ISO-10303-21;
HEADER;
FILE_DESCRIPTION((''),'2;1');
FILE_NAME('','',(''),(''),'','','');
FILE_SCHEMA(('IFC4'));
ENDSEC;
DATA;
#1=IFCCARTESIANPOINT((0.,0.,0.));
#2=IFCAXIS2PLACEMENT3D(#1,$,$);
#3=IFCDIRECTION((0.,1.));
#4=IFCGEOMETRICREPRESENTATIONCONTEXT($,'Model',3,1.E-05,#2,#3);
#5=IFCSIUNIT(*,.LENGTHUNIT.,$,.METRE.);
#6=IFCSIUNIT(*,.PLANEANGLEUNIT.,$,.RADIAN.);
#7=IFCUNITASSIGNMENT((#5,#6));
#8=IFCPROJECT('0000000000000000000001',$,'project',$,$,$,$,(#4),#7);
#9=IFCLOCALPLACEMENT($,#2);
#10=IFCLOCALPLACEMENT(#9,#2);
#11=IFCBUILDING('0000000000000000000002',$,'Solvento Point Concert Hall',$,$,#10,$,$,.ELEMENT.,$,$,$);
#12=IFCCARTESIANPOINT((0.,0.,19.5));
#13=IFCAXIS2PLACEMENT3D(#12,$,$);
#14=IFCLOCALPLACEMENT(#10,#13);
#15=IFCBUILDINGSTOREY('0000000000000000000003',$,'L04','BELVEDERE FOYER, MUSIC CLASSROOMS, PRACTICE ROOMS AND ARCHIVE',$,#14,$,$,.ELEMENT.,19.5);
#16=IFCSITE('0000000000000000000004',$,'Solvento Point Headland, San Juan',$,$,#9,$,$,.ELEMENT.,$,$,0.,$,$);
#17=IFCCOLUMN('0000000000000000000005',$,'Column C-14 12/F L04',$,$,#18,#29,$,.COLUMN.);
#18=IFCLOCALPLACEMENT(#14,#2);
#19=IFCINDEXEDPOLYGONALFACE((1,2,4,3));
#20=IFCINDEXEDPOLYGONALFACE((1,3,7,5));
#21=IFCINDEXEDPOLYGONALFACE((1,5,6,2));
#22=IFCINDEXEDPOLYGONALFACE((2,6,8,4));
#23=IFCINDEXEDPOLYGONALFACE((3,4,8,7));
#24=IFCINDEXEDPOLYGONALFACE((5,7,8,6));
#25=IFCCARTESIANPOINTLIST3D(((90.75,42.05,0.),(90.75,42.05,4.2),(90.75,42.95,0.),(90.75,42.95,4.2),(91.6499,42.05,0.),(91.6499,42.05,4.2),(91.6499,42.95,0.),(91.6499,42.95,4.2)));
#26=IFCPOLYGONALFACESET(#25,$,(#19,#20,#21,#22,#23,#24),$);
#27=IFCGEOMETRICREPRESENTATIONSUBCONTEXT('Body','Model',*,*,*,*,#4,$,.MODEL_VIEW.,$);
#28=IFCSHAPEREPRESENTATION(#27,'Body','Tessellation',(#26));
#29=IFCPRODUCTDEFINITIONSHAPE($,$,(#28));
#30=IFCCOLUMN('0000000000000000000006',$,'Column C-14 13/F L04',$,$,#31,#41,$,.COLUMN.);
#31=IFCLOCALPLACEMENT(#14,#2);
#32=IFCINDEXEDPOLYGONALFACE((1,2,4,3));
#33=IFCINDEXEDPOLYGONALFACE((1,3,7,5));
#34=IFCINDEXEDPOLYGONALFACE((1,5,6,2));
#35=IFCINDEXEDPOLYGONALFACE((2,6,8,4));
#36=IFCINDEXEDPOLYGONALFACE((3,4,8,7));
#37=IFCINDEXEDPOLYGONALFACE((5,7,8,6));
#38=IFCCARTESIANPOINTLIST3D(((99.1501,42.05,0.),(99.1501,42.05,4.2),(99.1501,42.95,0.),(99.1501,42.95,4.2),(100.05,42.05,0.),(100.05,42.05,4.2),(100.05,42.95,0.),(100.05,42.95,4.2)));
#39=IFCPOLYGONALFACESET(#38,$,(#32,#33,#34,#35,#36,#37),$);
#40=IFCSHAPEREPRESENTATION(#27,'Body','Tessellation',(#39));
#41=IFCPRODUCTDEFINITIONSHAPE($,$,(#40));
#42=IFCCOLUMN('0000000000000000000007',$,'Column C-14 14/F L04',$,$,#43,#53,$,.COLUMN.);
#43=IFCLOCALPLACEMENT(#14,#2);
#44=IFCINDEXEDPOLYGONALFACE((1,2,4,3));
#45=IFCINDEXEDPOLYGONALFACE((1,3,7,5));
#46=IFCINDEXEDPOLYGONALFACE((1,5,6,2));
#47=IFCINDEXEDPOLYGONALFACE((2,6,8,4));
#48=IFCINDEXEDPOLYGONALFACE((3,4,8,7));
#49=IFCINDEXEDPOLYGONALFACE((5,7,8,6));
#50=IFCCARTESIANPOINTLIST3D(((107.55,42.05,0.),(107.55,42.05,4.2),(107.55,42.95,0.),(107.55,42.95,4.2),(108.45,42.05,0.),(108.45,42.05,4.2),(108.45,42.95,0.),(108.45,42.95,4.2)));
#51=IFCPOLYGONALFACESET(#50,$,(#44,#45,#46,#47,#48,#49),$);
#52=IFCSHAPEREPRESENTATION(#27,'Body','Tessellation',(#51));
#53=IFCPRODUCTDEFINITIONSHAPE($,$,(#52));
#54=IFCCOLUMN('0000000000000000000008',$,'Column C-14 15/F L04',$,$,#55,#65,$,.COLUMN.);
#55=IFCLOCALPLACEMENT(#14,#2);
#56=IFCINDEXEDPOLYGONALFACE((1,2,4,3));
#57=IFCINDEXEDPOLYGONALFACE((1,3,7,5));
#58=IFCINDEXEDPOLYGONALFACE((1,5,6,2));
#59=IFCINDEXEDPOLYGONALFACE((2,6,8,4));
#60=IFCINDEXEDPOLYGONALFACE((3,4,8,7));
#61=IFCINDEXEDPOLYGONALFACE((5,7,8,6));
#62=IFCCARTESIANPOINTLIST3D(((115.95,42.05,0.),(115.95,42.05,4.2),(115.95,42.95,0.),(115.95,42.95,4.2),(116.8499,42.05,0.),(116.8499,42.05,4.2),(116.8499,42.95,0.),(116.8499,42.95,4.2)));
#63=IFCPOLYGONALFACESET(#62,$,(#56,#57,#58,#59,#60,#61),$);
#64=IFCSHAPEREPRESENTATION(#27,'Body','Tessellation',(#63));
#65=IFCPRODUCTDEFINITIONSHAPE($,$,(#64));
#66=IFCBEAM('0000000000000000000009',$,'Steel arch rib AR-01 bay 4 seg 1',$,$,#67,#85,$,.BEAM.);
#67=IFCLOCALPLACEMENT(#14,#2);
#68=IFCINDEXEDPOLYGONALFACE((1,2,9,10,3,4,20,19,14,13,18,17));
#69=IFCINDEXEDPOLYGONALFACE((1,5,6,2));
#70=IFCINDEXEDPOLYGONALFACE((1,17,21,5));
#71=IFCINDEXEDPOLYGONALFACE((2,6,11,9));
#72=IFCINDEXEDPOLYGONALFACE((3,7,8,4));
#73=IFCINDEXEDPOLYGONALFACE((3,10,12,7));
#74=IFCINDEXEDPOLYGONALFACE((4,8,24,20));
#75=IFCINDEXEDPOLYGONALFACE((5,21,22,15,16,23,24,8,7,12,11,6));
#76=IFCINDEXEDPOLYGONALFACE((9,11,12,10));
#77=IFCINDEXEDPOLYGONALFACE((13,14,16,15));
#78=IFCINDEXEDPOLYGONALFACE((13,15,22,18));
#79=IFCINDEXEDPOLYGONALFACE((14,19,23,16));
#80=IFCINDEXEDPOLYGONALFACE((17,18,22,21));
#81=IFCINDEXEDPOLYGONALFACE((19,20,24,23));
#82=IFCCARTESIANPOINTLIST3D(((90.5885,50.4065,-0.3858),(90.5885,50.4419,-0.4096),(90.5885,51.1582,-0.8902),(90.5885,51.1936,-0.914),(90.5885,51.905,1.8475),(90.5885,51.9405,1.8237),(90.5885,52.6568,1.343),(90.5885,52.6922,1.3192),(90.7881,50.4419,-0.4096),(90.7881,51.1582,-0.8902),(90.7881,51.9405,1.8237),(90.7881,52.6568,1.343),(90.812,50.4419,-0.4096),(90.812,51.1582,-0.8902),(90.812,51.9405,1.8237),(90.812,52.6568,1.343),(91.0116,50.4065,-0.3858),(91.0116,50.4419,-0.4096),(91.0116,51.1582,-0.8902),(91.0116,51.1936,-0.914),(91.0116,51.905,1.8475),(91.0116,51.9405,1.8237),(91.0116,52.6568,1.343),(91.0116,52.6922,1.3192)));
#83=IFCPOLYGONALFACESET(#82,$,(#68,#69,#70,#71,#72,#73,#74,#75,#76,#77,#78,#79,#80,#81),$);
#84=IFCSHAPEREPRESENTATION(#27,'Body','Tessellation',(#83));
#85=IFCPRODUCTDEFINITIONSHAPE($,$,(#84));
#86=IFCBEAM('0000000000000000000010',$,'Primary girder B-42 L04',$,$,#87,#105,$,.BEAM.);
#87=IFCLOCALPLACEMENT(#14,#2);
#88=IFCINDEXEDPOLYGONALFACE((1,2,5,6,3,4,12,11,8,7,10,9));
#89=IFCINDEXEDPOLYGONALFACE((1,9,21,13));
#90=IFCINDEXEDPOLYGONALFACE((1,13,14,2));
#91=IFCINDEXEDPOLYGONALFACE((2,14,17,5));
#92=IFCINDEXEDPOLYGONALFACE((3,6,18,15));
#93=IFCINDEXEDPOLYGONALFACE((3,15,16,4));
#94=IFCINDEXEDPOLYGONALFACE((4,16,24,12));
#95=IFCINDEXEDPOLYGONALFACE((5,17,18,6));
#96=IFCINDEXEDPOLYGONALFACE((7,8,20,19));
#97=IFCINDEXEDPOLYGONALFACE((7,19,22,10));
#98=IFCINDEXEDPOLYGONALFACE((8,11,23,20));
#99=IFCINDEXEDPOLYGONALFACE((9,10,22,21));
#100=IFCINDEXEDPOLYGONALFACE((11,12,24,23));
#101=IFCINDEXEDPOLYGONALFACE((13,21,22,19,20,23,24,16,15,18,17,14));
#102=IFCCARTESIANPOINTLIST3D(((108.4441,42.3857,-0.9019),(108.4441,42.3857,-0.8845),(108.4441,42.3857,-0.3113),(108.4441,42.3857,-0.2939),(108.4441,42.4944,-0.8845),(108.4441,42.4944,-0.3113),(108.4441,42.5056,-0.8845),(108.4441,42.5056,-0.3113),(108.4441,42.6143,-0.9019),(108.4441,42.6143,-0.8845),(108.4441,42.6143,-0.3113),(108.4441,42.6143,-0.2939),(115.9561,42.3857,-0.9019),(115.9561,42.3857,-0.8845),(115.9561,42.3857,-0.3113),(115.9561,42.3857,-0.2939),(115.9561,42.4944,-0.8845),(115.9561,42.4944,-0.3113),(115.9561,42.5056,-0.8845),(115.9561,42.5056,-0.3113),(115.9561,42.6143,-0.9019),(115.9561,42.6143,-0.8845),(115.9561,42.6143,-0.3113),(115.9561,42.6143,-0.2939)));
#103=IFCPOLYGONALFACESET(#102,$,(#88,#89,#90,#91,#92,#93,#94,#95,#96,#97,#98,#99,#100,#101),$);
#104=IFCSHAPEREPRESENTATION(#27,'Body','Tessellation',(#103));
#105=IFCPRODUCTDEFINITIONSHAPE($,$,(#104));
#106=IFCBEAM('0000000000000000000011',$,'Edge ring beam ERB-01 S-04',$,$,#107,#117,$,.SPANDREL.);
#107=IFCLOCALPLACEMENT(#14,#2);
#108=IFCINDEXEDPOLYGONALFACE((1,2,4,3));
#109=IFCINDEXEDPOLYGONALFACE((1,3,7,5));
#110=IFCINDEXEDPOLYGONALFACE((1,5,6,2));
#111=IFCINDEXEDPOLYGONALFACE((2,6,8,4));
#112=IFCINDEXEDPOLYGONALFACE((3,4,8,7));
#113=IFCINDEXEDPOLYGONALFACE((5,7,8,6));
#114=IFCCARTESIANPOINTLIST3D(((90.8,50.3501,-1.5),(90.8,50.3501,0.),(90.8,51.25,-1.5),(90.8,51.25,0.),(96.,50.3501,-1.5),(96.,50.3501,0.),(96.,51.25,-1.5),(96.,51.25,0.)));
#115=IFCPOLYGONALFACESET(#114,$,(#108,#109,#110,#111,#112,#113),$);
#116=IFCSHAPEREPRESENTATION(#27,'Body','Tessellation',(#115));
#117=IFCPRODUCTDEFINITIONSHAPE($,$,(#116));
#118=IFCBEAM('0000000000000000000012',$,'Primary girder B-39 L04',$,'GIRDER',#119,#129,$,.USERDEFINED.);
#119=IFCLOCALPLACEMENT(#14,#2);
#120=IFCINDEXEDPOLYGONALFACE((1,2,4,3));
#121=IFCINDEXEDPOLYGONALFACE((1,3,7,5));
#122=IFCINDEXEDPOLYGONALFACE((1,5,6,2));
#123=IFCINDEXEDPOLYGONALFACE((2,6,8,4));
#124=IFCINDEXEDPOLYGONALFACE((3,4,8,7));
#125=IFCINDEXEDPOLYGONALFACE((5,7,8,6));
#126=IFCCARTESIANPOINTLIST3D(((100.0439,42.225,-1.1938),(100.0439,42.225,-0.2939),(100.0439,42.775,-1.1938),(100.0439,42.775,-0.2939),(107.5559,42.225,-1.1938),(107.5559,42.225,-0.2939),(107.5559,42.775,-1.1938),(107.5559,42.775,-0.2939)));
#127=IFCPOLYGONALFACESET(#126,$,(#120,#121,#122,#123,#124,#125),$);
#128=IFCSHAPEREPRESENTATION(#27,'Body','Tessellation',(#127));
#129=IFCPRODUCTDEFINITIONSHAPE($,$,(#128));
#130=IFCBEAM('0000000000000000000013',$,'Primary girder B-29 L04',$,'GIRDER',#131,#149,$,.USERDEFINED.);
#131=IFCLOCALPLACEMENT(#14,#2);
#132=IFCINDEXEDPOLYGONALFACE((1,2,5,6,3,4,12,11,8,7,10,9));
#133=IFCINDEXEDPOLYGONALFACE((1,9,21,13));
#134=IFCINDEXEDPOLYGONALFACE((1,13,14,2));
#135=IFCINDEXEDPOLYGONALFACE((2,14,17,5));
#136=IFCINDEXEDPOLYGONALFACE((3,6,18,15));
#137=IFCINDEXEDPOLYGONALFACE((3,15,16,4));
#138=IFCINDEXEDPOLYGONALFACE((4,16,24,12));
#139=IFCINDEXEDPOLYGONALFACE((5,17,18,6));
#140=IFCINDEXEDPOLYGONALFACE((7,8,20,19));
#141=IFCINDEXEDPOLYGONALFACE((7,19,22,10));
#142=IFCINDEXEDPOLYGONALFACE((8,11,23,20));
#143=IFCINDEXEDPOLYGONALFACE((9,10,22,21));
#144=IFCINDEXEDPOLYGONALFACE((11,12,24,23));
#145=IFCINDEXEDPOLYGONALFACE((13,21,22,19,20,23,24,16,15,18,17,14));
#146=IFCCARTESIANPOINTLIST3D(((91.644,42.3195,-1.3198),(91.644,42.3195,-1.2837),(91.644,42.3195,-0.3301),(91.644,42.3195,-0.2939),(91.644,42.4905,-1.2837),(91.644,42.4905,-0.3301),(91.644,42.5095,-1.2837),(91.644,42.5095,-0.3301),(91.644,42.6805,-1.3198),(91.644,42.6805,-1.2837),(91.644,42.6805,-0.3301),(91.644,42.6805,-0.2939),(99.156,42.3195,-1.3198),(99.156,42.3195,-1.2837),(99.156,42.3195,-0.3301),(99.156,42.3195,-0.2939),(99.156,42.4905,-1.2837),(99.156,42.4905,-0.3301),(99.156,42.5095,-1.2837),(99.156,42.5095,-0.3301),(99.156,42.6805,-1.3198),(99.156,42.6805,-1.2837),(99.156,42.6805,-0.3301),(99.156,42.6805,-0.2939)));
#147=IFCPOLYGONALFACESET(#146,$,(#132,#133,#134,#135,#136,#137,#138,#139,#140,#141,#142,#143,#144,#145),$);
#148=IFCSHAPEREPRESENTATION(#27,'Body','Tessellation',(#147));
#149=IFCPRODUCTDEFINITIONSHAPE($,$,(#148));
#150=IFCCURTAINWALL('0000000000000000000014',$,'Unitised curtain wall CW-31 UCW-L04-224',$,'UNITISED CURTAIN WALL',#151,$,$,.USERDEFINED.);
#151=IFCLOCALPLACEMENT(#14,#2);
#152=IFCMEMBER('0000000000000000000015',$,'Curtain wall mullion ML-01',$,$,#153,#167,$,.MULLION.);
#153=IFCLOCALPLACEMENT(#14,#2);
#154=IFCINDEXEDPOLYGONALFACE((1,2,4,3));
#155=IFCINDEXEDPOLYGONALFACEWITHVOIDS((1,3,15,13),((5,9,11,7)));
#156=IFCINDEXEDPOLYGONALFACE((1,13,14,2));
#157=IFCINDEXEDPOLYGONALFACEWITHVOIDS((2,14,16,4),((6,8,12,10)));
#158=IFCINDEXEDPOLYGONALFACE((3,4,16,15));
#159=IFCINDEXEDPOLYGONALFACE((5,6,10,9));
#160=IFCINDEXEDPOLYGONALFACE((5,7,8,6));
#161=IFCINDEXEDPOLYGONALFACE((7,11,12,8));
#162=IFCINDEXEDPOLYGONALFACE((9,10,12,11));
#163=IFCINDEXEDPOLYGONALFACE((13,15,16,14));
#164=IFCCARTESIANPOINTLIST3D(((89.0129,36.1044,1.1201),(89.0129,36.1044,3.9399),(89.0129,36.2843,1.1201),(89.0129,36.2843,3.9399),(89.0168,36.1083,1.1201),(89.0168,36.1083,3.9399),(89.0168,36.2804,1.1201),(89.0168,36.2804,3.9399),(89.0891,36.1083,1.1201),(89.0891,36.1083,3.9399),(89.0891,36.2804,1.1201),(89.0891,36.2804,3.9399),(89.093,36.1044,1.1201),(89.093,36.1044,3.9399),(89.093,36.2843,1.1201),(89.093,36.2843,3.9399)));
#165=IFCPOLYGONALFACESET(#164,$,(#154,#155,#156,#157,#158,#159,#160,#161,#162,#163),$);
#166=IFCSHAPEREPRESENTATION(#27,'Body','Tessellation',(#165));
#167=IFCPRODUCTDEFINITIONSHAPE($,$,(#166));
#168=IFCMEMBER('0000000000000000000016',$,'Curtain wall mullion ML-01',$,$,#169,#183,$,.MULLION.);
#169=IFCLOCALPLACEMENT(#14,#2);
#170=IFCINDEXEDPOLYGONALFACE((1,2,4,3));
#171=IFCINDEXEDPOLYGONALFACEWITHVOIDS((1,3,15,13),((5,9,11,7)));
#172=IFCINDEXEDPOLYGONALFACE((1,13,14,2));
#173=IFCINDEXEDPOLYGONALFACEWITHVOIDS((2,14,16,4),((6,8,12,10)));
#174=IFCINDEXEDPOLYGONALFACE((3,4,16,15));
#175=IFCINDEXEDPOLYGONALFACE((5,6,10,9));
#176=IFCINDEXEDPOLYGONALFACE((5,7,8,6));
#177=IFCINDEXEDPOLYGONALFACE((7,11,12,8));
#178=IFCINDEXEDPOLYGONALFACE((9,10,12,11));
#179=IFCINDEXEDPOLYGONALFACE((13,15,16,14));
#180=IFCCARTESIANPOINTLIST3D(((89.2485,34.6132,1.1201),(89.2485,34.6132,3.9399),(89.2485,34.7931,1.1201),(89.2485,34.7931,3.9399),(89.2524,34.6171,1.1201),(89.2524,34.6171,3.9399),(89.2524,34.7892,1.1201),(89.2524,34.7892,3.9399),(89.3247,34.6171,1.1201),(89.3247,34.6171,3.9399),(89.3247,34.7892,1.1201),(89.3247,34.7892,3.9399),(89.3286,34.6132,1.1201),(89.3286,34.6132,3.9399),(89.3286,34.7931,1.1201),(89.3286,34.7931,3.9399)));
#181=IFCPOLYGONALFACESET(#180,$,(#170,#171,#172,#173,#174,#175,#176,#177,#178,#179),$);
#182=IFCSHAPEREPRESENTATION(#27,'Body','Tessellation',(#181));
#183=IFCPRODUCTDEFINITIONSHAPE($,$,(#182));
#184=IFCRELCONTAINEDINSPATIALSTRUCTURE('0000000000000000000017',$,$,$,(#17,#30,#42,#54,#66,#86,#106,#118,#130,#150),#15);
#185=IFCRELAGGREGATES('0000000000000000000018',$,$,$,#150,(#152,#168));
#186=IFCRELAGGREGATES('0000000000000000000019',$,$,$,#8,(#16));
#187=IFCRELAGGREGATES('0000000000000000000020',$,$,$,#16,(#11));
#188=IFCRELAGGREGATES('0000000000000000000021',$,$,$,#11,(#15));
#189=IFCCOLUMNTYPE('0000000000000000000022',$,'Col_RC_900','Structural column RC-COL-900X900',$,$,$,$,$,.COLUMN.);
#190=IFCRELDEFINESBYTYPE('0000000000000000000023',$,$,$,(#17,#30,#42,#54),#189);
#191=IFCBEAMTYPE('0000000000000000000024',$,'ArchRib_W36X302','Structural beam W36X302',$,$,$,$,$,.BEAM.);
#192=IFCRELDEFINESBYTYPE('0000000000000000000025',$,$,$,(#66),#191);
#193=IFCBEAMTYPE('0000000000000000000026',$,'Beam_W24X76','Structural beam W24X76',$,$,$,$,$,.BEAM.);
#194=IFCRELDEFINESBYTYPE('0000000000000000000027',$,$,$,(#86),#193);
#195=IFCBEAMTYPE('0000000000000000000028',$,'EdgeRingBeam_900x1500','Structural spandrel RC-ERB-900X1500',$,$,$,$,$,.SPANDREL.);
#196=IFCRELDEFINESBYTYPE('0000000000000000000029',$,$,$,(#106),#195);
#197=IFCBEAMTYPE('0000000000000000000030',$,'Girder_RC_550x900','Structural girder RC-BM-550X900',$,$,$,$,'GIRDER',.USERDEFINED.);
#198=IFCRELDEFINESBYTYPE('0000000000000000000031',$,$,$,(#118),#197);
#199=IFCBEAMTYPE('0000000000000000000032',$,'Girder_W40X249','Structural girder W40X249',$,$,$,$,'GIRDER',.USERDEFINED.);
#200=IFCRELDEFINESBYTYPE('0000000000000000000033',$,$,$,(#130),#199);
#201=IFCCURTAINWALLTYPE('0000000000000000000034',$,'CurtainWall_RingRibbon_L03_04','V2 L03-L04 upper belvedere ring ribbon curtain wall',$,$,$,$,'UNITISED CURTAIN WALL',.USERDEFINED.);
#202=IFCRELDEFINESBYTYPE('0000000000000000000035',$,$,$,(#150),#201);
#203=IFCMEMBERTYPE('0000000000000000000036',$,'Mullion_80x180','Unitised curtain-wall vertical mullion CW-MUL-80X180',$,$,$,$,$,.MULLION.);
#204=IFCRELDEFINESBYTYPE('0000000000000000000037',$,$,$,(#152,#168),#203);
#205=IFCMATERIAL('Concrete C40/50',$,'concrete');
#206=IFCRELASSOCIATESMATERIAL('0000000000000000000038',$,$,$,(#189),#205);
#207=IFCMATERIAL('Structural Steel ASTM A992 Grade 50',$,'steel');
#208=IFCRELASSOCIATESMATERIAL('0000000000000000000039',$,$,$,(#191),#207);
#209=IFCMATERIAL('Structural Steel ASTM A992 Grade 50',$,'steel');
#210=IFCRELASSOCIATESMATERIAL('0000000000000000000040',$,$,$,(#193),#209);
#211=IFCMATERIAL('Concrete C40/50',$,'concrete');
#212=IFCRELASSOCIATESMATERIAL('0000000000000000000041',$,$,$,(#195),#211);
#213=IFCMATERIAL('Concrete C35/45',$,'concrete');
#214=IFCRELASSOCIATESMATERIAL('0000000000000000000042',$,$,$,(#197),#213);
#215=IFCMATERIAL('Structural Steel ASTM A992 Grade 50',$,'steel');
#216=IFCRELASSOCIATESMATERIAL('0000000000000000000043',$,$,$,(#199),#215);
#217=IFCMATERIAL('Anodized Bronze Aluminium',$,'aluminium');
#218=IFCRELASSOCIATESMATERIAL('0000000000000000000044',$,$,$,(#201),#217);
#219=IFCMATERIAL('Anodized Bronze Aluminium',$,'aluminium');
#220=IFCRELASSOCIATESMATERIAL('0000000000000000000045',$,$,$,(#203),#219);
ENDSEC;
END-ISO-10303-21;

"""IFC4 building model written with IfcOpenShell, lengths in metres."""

from ifc_helpers import new_model, si_unit, direction, frame, origin, origin_2d, place, context, subcontext, project, spatial, rectangle, hollow_rectangle, i_section, extrude, material, material_profile, profile_set, type_object, element, aggregate, save


model = new_model("IFC4")

# Units and contexts
model_context = context("Model", 3, precision=1e-05, world=origin(), true_north=direction((0.0, 1.0)))
body_context = subcontext(model_context, "Body", "Model", "MODEL_VIEW")
ifc_project = project(units=[si_unit("LENGTHUNIT", "METRE"), si_unit("PLANEANGLEUNIT", "RADIAN")], contexts=[model_context])

# Site, building, storey
site_placement = place(None, origin())
site = spatial("IfcSite", under=ifc_project, at=site_placement, Name="Solvento Point Headland, San Juan", CompositionType="ELEMENT", RefElevation=0.0)
building_placement = place(site_placement, origin())
building = spatial("IfcBuilding", under=site, at=building_placement, Name="Solvento Point Concert Hall", CompositionType="ELEMENT")
storey_placement = place(building_placement, frame((0.0, 0.0, 19.5)))
storey = spatial("IfcBuildingStorey", under=building, at=storey_placement, Name="L04", Description="BELVEDERE FOYER, MUSIC CLASSROOMS, PRACTICE ROOMS AND ARCHIVE", CompositionType="ELEMENT", Elevation=19.5)

# Columns
ifc_material_1 = material(Name="Concrete C40/50", Category="concrete")
ifc_material_profile_1 = material_profile(ifc_material_1, rectangle(XDim=0.8999, YDim=0.8999, at=origin_2d()), Name="RC-COL-900X900")
ifc_profile_set_1 = profile_set([ifc_material_profile_1], Name="Concrete C40/50")
column_type = type_object("IfcColumnType", Name="Col_RC_900", Description="Structural column RC-COL-900X900", PredefinedType="COLUMN", material=ifc_profile_set_1)
for number, where, z_axis, x_axis, name in (
    (1, (91.2, 42.5, 0.0), (0.0, 0.0, 1.0), (1.0, 0.0, 0.0), "Column C-14 12/F L04"),
    (2, (99.6001, 42.5, 0.0), (0.0, 0.0, 1.0), (1.0, 0.0, 0.0), "Column C-14 13/F L04"),
    (3, (108.0, 42.5, 0.0), (0.0, 0.0, 1.0), (1.0, 0.0, 0.0), "Column C-14 14/F L04"),
    (4, (116.3999, 42.5, 0.0), (0.0, 0.0, 1.0), (1.0, 0.0, 0.0), "Column C-14 15/F L04"),
):
    element("IfcColumn", number, at=place(storey_placement, frame(where, z_axis=z_axis, x_axis=x_axis)), inside=storey, type_object=column_type, Name=name, PredefinedType="COLUMN", context=body_context, shape_type="SweptSolid", body=[
        extrude(rectangle(XDim=0.8999, YDim=0.8999, at=origin_2d()), origin(), (0.0, 0.0, 1.0), 4.2),
    ])

# Beams
ifc_material_2 = material(Name="Structural Steel ASTM A992 Grade 50", Category="steel")
ifc_material_profile_2 = material_profile(ifc_material_2, i_section(OverallWidth=0.4231, OverallDepth=0.948, WebThickness=0.0239, FlangeThickness=0.0427, at=origin_2d()), Name="W36X302")
ifc_profile_set_2 = profile_set([ifc_material_profile_2], Name="Structural Steel ASTM A992 Grade 50")
beam_type_1 = type_object("IfcBeamType", Name="ArchRib_W36X302", Description="Structural beam W36X302", PredefinedType="BEAM", material=ifc_profile_set_2)
beam_1_placement = place(storey_placement, frame((90.8, 50.8, -0.6499), z_axis=(0.0, 0.557212, 0.830371), x_axis=(-1.0, 0.0, 0.0)))
element("IfcBeam", 5, at=beam_1_placement, inside=storey, type_object=beam_type_1, Name="Steel arch rib AR-01 bay 4 seg 1", PredefinedType="BEAM", context=body_context, shape_type="SweptSolid", body=[
    extrude(i_section(OverallWidth=0.4231, OverallDepth=0.948, WebThickness=0.0239, FlangeThickness=0.0427, at=origin_2d()), origin(), (0.0, 0.0, 1.0), 2.6895),
])
ifc_material_3 = material(Name="Structural Steel ASTM A992 Grade 50", Category="steel")
ifc_material_profile_3 = material_profile(ifc_material_3, i_section(OverallWidth=0.2285, OverallDepth=0.6079, WebThickness=0.0112, FlangeThickness=0.0173, at=origin_2d()), Name="W24X76")
ifc_profile_set_3 = profile_set([ifc_material_profile_3], Name="Structural Steel ASTM A992 Grade 50")
beam_type_2 = type_object("IfcBeamType", Name="Beam_W24X76", Description="Structural beam W24X76", PredefinedType="BEAM", material=ifc_profile_set_3)
beam_2_placement = place(storey_placement, frame((108.4441, 42.5, -0.5979), z_axis=(1.0, 0.0, 0.0), x_axis=(0.0, 1.0, 0.0)))
element("IfcBeam", 6, at=beam_2_placement, inside=storey, type_object=beam_type_2, Name="Primary girder B-42 L04", PredefinedType="BEAM", context=body_context, shape_type="SweptSolid", body=[
    extrude(i_section(OverallWidth=0.2285, OverallDepth=0.6079, WebThickness=0.0112, FlangeThickness=0.0173, at=origin_2d()), origin(), (0.0, 0.0, 1.0), 7.512),
])
ifc_material_4 = material(Name="Concrete C40/50", Category="concrete")
ifc_material_profile_4 = material_profile(ifc_material_4, rectangle(XDim=0.8999, YDim=1.5, at=origin_2d()), Name="RC-ERB-900X1500")
ifc_profile_set_4 = profile_set([ifc_material_profile_4], Name="Concrete C40/50")
beam_type_3 = type_object("IfcBeamType", Name="EdgeRingBeam_900x1500", Description="Structural spandrel RC-ERB-900X1500", PredefinedType="SPANDREL", material=ifc_profile_set_4)
beam_3_placement = place(storey_placement, frame((90.8, 50.8, -0.75), z_axis=(1.0, 0.0, 0.0), x_axis=(0.0, 1.0, 0.0)))
element("IfcBeam", 7, at=beam_3_placement, inside=storey, type_object=beam_type_3, Name="Edge ring beam ERB-01 S-04", PredefinedType="SPANDREL", context=body_context, shape_type="SweptSolid", body=[
    extrude(rectangle(XDim=0.8999, YDim=1.5, at=origin_2d()), origin(), (0.0, 0.0, 1.0), 5.2),
])
ifc_material_5 = material(Name="Concrete C35/45", Category="concrete")
ifc_material_profile_5 = material_profile(ifc_material_5, rectangle(XDim=0.55, YDim=0.8999, at=origin_2d()), Name="RC-BM-550X900")
ifc_profile_set_5 = profile_set([ifc_material_profile_5], Name="Concrete C35/45")
beam_type_4 = type_object("IfcBeamType", Name="Girder_RC_550x900", Description="Structural girder RC-BM-550X900", ElementType="GIRDER", PredefinedType="USERDEFINED", material=ifc_profile_set_5)
beam_4_placement = place(storey_placement, frame((100.0439, 42.5, -0.7439), z_axis=(1.0, 0.0, 0.0), x_axis=(0.0, 1.0, 0.0)))
element("IfcBeam", 8, at=beam_4_placement, inside=storey, type_object=beam_type_4, Name="Primary girder B-39 L04", ObjectType="GIRDER", PredefinedType="USERDEFINED", context=body_context, shape_type="SweptSolid", body=[
    extrude(rectangle(XDim=0.55, YDim=0.8999, at=origin_2d()), origin(), (0.0, 0.0, 1.0), 7.512),
])
ifc_material_6 = material(Name="Structural Steel ASTM A992 Grade 50", Category="steel")
ifc_material_profile_6 = material_profile(ifc_material_6, i_section(OverallWidth=0.3611, OverallDepth=1.0259, WebThickness=0.019, FlangeThickness=0.0361, at=origin_2d()), Name="W40X249")
ifc_profile_set_6 = profile_set([ifc_material_profile_6], Name="Structural Steel ASTM A992 Grade 50")
beam_type_5 = type_object("IfcBeamType", Name="Girder_W40X249", Description="Structural girder W40X249", ElementType="GIRDER", PredefinedType="USERDEFINED", material=ifc_profile_set_6)
beam_5_placement = place(storey_placement, frame((91.644, 42.5, -0.8069), z_axis=(1.0, 0.0, 0.0), x_axis=(0.0, 1.0, 0.0)))
element("IfcBeam", 9, at=beam_5_placement, inside=storey, type_object=beam_type_5, Name="Primary girder B-29 L04", ObjectType="GIRDER", PredefinedType="USERDEFINED", context=body_context, shape_type="SweptSolid", body=[
    extrude(i_section(OverallWidth=0.3611, OverallDepth=1.0259, WebThickness=0.019, FlangeThickness=0.0361, at=origin_2d()), origin(), (0.0, 0.0, 1.0), 7.512),
])

# Curtain wall, members
ifc_material_7 = material(Name="Anodized Bronze Aluminium", Category="aluminium")
curtain_wall_type = type_object("IfcCurtainWallType", Name="CurtainWall_RingRibbon_L03_04", Description="V2 L03-L04 upper belvedere ring ribbon curtain wall", ElementType="UNITISED CURTAIN WALL", PredefinedType="USERDEFINED", material=ifc_material_7)
curtain_wall_placement = place(storey_placement, origin())
curtain_wall = element("IfcCurtainWall", 10, at=curtain_wall_placement, inside=storey, type_object=curtain_wall_type, Name="Unitised curtain wall CW-31 UCW-L04-224", ObjectType="UNITISED CURTAIN WALL", PredefinedType="USERDEFINED")
ifc_material_8 = material(Name="Anodized Bronze Aluminium", Category="aluminium")
ifc_material_profile_7 = material_profile(ifc_material_8, hollow_rectangle(XDim=0.0801, YDim=0.1799, WallThickness=0.0039, at=origin_2d()), Name="CW-MUL-80X180")
ifc_profile_set_7 = profile_set([ifc_material_profile_7], Name="Anodized Bronze Aluminium")
member_type_1 = type_object("IfcMemberType", Name="Mullion_80x180", Description="Unitised curtain-wall vertical mullion CW-MUL-80X180", PredefinedType="MULLION", material=ifc_profile_set_7)
member_1_placement = place(storey_placement, frame((89.053, 36.1943, 1.1201), z_axis=(0.0, 0.0, 1.0), x_axis=(1.0, 0.0, 0.0)))
member_1 = element("IfcMember", 11, at=member_1_placement, type_object=member_type_1, Name="Curtain wall mullion ML-01", PredefinedType="MULLION", context=body_context, shape_type="SweptSolid", body=[
    extrude(hollow_rectangle(XDim=0.0801, YDim=0.1799, WallThickness=0.0039, at=origin_2d()), origin(), (0.0, 0.0, 1.0), 2.8198),
])
member_2_placement = place(storey_placement, frame((89.2886, 34.7031, 1.1201), z_axis=(0.0, 0.0, 1.0), x_axis=(1.0, 0.0, 0.0)))
member_2 = element("IfcMember", 12, at=member_2_placement, type_object=member_type_1, Name="Curtain wall mullion ML-01", PredefinedType="MULLION", context=body_context, shape_type="SweptSolid", body=[
    extrude(hollow_rectangle(XDim=0.0801, YDim=0.1799, WallThickness=0.0039, at=origin_2d()), origin(), (0.0, 0.0, 1.0), 2.8198),
])
aggregate(curtain_wall, [member_1, member_2])

save(model, "model.ifc")
